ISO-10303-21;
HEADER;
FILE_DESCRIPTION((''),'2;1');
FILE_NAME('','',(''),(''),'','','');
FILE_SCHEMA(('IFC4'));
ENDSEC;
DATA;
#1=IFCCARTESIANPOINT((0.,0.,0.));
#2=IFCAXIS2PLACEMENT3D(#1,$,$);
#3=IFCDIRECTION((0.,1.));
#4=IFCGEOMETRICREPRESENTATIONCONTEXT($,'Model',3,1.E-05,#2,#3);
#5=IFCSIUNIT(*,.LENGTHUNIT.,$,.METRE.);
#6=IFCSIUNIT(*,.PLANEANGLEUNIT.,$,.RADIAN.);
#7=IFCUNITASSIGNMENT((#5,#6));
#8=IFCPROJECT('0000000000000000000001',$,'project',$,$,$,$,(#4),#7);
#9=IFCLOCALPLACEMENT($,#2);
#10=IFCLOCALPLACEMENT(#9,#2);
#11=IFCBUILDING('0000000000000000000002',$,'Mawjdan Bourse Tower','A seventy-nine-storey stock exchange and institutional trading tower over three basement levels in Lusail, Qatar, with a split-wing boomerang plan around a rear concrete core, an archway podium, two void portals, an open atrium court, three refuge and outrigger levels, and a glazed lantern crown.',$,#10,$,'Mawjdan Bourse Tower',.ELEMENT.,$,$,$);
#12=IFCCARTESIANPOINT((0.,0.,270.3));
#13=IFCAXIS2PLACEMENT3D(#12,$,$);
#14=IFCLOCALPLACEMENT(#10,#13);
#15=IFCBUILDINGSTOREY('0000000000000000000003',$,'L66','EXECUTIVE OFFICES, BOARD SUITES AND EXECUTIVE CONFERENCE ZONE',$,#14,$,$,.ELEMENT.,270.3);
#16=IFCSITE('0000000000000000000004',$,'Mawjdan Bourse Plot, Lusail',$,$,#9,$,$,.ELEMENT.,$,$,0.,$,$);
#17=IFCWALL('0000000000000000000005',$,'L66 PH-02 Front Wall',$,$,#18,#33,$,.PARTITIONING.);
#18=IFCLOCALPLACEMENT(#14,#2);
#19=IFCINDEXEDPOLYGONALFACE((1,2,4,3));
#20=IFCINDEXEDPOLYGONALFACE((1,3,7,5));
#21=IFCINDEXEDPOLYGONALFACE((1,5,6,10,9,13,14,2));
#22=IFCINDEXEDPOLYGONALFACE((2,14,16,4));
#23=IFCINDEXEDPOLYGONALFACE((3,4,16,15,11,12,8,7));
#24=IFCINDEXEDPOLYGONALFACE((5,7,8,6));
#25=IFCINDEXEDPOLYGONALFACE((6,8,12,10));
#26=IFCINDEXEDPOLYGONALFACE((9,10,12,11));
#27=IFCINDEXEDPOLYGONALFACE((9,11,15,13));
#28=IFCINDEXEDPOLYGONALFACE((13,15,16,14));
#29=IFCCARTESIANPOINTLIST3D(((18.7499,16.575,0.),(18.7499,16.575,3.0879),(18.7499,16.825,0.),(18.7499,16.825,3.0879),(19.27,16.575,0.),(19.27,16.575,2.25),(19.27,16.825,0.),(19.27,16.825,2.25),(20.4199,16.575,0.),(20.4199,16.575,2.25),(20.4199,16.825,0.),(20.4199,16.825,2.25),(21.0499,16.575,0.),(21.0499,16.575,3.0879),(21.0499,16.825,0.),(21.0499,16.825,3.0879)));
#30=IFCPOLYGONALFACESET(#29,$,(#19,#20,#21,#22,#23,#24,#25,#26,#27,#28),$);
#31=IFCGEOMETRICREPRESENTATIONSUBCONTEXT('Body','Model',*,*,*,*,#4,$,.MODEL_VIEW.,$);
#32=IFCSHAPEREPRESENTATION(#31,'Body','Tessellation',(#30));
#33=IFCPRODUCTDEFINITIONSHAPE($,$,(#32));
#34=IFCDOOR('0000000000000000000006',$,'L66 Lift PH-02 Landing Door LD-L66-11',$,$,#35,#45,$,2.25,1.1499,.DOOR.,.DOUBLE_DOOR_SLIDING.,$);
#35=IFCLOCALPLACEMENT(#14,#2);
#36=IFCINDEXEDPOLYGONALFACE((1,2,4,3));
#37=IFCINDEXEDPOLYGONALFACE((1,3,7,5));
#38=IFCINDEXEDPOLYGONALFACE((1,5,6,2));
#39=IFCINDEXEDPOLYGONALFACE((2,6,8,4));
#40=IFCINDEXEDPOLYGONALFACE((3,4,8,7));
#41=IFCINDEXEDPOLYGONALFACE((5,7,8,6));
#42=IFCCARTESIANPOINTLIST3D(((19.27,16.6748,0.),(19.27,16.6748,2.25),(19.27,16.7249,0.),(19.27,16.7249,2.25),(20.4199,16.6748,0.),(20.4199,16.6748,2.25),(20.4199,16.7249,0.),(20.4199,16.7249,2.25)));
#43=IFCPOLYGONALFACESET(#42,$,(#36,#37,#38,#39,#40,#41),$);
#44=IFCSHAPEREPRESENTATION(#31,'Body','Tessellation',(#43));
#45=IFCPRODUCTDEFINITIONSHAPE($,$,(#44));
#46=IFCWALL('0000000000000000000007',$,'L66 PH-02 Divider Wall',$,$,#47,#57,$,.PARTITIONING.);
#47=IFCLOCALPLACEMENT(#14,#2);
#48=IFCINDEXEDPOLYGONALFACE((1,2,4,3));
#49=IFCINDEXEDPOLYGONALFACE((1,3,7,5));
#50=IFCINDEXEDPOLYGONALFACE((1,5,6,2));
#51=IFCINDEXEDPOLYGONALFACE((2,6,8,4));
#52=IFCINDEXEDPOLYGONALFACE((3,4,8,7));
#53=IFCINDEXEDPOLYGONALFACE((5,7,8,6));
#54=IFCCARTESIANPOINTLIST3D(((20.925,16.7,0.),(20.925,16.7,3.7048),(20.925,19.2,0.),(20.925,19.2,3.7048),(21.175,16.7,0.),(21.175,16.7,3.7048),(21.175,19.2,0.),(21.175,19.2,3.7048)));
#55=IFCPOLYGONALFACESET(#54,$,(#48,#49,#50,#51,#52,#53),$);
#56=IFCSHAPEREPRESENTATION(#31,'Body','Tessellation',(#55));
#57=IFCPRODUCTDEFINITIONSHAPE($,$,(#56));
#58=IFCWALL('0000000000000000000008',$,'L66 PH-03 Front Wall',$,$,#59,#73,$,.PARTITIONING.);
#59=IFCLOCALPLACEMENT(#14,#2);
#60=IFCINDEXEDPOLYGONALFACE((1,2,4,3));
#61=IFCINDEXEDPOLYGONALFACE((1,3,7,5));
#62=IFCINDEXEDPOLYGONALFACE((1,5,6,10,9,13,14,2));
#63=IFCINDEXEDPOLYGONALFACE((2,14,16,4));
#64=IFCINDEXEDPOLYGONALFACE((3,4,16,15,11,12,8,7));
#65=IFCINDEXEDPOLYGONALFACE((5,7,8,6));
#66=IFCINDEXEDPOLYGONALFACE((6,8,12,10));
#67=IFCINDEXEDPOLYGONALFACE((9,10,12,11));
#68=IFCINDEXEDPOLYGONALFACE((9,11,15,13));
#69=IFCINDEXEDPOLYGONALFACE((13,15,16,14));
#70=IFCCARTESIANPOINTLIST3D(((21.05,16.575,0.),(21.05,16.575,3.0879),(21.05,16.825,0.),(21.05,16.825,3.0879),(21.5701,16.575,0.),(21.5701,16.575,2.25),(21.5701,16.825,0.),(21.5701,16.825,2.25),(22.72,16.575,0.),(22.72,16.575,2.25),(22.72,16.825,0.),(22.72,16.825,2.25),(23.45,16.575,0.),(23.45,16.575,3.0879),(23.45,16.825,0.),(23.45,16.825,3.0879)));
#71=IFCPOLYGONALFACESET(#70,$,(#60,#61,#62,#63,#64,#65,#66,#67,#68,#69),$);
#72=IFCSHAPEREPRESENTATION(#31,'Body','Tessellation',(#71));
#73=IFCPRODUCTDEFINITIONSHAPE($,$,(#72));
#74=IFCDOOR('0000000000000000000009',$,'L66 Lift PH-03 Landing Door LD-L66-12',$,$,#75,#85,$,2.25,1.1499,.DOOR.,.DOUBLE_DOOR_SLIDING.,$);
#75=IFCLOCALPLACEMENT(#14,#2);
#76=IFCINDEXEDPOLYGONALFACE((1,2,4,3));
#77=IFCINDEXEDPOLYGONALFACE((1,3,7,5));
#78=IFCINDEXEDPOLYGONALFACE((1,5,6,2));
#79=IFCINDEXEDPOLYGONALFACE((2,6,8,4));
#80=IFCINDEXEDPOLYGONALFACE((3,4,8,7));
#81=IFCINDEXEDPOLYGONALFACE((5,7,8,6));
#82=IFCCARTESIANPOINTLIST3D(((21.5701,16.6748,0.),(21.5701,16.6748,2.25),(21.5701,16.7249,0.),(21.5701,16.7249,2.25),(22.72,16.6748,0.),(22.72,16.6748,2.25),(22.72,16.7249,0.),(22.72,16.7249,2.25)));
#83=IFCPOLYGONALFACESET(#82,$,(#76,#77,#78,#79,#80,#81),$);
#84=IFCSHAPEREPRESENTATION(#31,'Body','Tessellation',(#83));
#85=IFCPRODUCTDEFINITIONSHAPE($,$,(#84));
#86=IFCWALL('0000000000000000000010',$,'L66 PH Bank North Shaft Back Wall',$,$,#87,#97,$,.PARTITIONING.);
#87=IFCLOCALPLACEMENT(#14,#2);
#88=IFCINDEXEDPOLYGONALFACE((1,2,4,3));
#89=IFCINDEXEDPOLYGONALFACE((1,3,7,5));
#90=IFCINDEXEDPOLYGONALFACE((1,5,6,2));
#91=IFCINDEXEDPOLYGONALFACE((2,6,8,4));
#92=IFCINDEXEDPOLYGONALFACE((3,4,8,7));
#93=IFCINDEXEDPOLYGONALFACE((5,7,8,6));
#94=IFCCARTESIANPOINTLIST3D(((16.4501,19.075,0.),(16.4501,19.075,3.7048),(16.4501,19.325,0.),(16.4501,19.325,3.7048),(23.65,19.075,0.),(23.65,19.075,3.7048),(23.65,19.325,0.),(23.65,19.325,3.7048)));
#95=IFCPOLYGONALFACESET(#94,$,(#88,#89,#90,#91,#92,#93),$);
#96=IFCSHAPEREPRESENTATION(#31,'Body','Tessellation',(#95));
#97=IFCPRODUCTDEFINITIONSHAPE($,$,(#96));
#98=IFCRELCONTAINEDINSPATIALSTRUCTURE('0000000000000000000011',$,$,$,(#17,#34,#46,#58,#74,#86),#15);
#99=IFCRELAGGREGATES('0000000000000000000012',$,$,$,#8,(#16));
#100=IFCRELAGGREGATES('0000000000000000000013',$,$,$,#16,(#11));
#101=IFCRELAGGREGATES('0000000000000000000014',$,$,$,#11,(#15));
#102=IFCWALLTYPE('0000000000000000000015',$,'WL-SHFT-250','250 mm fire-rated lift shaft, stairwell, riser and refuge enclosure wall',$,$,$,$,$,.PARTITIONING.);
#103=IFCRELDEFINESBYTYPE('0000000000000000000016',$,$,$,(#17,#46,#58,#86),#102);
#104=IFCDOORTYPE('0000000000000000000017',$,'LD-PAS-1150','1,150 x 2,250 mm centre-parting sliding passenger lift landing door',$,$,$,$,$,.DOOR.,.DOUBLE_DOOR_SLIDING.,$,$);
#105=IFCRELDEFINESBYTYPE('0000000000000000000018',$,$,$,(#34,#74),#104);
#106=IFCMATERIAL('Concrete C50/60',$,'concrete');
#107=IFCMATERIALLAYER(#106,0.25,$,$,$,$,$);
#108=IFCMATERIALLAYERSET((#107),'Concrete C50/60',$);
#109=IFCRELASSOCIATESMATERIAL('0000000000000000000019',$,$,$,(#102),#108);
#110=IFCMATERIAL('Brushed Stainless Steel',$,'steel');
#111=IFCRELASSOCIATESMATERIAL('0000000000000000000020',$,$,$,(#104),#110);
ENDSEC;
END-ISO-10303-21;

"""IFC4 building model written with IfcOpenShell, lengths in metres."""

from ifc_helpers import new_model, si_unit, direction, frame, frame_2d, origin, place, context, subcontext, project, spatial, rectangle, extrude, material, layer, layer_set, type_object, element, fill, save


model = new_model("IFC4")

# Units and contexts
model_context = context("Model", 3, precision=1e-05, world=origin(), true_north=direction((0.0, 1.0)))
body_context = subcontext(model_context, "Body", "Model", "MODEL_VIEW")
ifc_project = project(units=[si_unit("LENGTHUNIT", "METRE"), si_unit("PLANEANGLEUNIT", "RADIAN")], contexts=[model_context])

# Site, building, storey
site_placement = place(None, origin())
site = spatial("IfcSite", under=ifc_project, at=site_placement, Name="Mawjdan Bourse Plot, Lusail", CompositionType="ELEMENT", RefElevation=0.0)
building_placement = place(site_placement, origin())
building = spatial("IfcBuilding", under=site, at=building_placement, Name="Mawjdan Bourse Tower", Description="A seventy-nine-storey stock exchange and institutional trading tower over three basement levels in Lusail, Qatar, with a split-wing boomerang plan around a rear concrete core, an archway podium, two void portals, an open atrium court, three refuge and outrigger levels, and a glazed lantern crown.", LongName="Mawjdan Bourse Tower", CompositionType="ELEMENT")
storey_placement = place(building_placement, frame((0.0, 0.0, 270.3)))
storey = spatial("IfcBuildingStorey", under=building, at=storey_placement, Name="L66", Description="EXECUTIVE OFFICES, BOARD SUITES AND EXECUTIVE CONFERENCE ZONE", CompositionType="ELEMENT", Elevation=270.3)

# Shared definitions
ifc_material_1 = material(Name="Concrete C50/60", Category="concrete")
ifc_layer_1 = layer(ifc_material_1, 0.25)
ifc_layer_set_1 = layer_set([ifc_layer_1], Name="Concrete C50/60")
wall_type_1 = type_object("IfcWallType", Name="WL-SHFT-250", Description="250 mm fire-rated lift shaft, stairwell, riser and refuge enclosure wall", PredefinedType="PARTITIONING", material=ifc_layer_set_1)

# Shared definitions
ifc_material_2 = material(Name="Brushed Stainless Steel", Category="steel")
door_type_1 = type_object("IfcDoorType", Name="LD-PAS-1150", Description="1,150 x 2,250 mm centre-parting sliding passenger lift landing door", OperationType="DOUBLE_DOOR_SLIDING", PredefinedType="DOOR", material=ifc_material_2)

# Wall, opening, door
wall_1_placement = place(storey_placement, frame((18.75, 16.7, 0.0), z_axis=(0.0, 0.0, 1.0), x_axis=(1.0, 0.0, 0.0)))
wall_1 = element("IfcWall", 1, at=wall_1_placement, inside=storey, type_object=wall_type_1, Name="L66 PH-02 Front Wall", PredefinedType="PARTITIONING", context=body_context, shape_type="SweptSolid", body=[
    extrude(rectangle(XDim=2.3, YDim=0.25, at=frame_2d((1.1499, 0.0))), origin(), (0.0, 0.0, 1.0), 3.0879),
])
opening_1_placement = place(wall_1_placement, frame((0.52, 0.0, 0.0)))
opening_1 = element("IfcOpeningElement", 2, at=opening_1_placement, cuts=wall_1, PredefinedType="OPENING", context=body_context, shape_type="SweptSolid", body=[
    extrude(rectangle(XDim=1.1499, YDim=2.25, at=frame_2d((0.575, 1.125))), frame((0.0, 0.135, 0.0), z_axis=(0.0, -1.0, 0.0), x_axis=(1.0, 0.0, 0.0)), (0.0, 0.0, 1.0), 0.27),
])
door_1_placement = place(opening_1_placement, origin())
door_1 = element("IfcDoor", 3, at=door_1_placement, inside=storey, type_object=door_type_1, Name="L66 Lift PH-02 Landing Door LD-L66-11", OperationType="DOUBLE_DOOR_SLIDING", OverallHeight=2.25, OverallWidth=1.1499, PredefinedType="DOOR", context=body_context, shape_type="SweptSolid", body=[
    extrude(rectangle(XDim=1.1499, YDim=2.25, at=frame_2d((0.575, 1.125))), frame((0.0, 0.0249, 0.0), z_axis=(0.0, -1.0, 0.0), x_axis=(1.0, 0.0, 0.0)), (0.0, 0.0, 1.0), 0.05),
])
fill(opening_1, door_1)

# Wall
wall_2_placement = place(storey_placement, frame((21.05, 16.7, 0.0), z_axis=(0.0, 0.0, 1.0), x_axis=(0.0, 1.0, 0.0)))
element("IfcWall", 4, at=wall_2_placement, inside=storey, type_object=wall_type_1, Name="L66 PH-02 Divider Wall", PredefinedType="PARTITIONING", context=body_context, shape_type="SweptSolid", body=[
    extrude(rectangle(XDim=2.5, YDim=0.25, at=frame_2d((1.25, 0.0))), origin(), (0.0, 0.0, 1.0), 3.7048),
])

# Wall, opening, door
wall_3_placement = place(storey_placement, frame((21.05, 16.7, 0.0), z_axis=(0.0, 0.0, 1.0), x_axis=(1.0, 0.0, 0.0)))
wall_3 = element("IfcWall", 5, at=wall_3_placement, inside=storey, type_object=wall_type_1, Name="L66 PH-03 Front Wall", PredefinedType="PARTITIONING", context=body_context, shape_type="SweptSolid", body=[
    extrude(rectangle(XDim=2.3999, YDim=0.25, at=frame_2d((1.2, 0.0))), origin(), (0.0, 0.0, 1.0), 3.0879),
])
opening_2_placement = place(wall_3_placement, frame((0.52, 0.0, 0.0)))
opening_2 = element("IfcOpeningElement", 6, at=opening_2_placement, cuts=wall_3, PredefinedType="OPENING", context=body_context, shape_type="SweptSolid", body=[
    extrude(rectangle(XDim=1.1499, YDim=2.25, at=frame_2d((0.575, 1.125))), frame((0.0, 0.135, 0.0), z_axis=(0.0, -1.0, 0.0), x_axis=(1.0, 0.0, 0.0)), (0.0, 0.0, 1.0), 0.27),
])
door_2_placement = place(opening_2_placement, origin())
door_2 = element("IfcDoor", 7, at=door_2_placement, inside=storey, type_object=door_type_1, Name="L66 Lift PH-03 Landing Door LD-L66-12", OperationType="DOUBLE_DOOR_SLIDING", OverallHeight=2.25, OverallWidth=1.1499, PredefinedType="DOOR", context=body_context, shape_type="SweptSolid", body=[
    extrude(rectangle(XDim=1.1499, YDim=2.25, at=frame_2d((0.575, 1.125))), frame((0.0, 0.0249, 0.0), z_axis=(0.0, -1.0, 0.0), x_axis=(1.0, 0.0, 0.0)), (0.0, 0.0, 1.0), 0.05),
])
fill(opening_2, door_2)

# Wall
wall_4_placement = place(storey_placement, frame((16.45, 19.2, 0.0), z_axis=(0.0, 0.0, 1.0), x_axis=(1.0, 0.0, 0.0)))
element("IfcWall", 8, at=wall_4_placement, inside=storey, type_object=wall_type_1, Name="L66 PH Bank North Shaft Back Wall", PredefinedType="PARTITIONING", context=body_context, shape_type="SweptSolid", body=[
    extrude(rectangle(XDim=7.2, YDim=0.25, at=frame_2d((3.6001, 0.0))), origin(), (0.0, 0.0, 1.0), 3.7048),
])

save(model, "model.ifc")
